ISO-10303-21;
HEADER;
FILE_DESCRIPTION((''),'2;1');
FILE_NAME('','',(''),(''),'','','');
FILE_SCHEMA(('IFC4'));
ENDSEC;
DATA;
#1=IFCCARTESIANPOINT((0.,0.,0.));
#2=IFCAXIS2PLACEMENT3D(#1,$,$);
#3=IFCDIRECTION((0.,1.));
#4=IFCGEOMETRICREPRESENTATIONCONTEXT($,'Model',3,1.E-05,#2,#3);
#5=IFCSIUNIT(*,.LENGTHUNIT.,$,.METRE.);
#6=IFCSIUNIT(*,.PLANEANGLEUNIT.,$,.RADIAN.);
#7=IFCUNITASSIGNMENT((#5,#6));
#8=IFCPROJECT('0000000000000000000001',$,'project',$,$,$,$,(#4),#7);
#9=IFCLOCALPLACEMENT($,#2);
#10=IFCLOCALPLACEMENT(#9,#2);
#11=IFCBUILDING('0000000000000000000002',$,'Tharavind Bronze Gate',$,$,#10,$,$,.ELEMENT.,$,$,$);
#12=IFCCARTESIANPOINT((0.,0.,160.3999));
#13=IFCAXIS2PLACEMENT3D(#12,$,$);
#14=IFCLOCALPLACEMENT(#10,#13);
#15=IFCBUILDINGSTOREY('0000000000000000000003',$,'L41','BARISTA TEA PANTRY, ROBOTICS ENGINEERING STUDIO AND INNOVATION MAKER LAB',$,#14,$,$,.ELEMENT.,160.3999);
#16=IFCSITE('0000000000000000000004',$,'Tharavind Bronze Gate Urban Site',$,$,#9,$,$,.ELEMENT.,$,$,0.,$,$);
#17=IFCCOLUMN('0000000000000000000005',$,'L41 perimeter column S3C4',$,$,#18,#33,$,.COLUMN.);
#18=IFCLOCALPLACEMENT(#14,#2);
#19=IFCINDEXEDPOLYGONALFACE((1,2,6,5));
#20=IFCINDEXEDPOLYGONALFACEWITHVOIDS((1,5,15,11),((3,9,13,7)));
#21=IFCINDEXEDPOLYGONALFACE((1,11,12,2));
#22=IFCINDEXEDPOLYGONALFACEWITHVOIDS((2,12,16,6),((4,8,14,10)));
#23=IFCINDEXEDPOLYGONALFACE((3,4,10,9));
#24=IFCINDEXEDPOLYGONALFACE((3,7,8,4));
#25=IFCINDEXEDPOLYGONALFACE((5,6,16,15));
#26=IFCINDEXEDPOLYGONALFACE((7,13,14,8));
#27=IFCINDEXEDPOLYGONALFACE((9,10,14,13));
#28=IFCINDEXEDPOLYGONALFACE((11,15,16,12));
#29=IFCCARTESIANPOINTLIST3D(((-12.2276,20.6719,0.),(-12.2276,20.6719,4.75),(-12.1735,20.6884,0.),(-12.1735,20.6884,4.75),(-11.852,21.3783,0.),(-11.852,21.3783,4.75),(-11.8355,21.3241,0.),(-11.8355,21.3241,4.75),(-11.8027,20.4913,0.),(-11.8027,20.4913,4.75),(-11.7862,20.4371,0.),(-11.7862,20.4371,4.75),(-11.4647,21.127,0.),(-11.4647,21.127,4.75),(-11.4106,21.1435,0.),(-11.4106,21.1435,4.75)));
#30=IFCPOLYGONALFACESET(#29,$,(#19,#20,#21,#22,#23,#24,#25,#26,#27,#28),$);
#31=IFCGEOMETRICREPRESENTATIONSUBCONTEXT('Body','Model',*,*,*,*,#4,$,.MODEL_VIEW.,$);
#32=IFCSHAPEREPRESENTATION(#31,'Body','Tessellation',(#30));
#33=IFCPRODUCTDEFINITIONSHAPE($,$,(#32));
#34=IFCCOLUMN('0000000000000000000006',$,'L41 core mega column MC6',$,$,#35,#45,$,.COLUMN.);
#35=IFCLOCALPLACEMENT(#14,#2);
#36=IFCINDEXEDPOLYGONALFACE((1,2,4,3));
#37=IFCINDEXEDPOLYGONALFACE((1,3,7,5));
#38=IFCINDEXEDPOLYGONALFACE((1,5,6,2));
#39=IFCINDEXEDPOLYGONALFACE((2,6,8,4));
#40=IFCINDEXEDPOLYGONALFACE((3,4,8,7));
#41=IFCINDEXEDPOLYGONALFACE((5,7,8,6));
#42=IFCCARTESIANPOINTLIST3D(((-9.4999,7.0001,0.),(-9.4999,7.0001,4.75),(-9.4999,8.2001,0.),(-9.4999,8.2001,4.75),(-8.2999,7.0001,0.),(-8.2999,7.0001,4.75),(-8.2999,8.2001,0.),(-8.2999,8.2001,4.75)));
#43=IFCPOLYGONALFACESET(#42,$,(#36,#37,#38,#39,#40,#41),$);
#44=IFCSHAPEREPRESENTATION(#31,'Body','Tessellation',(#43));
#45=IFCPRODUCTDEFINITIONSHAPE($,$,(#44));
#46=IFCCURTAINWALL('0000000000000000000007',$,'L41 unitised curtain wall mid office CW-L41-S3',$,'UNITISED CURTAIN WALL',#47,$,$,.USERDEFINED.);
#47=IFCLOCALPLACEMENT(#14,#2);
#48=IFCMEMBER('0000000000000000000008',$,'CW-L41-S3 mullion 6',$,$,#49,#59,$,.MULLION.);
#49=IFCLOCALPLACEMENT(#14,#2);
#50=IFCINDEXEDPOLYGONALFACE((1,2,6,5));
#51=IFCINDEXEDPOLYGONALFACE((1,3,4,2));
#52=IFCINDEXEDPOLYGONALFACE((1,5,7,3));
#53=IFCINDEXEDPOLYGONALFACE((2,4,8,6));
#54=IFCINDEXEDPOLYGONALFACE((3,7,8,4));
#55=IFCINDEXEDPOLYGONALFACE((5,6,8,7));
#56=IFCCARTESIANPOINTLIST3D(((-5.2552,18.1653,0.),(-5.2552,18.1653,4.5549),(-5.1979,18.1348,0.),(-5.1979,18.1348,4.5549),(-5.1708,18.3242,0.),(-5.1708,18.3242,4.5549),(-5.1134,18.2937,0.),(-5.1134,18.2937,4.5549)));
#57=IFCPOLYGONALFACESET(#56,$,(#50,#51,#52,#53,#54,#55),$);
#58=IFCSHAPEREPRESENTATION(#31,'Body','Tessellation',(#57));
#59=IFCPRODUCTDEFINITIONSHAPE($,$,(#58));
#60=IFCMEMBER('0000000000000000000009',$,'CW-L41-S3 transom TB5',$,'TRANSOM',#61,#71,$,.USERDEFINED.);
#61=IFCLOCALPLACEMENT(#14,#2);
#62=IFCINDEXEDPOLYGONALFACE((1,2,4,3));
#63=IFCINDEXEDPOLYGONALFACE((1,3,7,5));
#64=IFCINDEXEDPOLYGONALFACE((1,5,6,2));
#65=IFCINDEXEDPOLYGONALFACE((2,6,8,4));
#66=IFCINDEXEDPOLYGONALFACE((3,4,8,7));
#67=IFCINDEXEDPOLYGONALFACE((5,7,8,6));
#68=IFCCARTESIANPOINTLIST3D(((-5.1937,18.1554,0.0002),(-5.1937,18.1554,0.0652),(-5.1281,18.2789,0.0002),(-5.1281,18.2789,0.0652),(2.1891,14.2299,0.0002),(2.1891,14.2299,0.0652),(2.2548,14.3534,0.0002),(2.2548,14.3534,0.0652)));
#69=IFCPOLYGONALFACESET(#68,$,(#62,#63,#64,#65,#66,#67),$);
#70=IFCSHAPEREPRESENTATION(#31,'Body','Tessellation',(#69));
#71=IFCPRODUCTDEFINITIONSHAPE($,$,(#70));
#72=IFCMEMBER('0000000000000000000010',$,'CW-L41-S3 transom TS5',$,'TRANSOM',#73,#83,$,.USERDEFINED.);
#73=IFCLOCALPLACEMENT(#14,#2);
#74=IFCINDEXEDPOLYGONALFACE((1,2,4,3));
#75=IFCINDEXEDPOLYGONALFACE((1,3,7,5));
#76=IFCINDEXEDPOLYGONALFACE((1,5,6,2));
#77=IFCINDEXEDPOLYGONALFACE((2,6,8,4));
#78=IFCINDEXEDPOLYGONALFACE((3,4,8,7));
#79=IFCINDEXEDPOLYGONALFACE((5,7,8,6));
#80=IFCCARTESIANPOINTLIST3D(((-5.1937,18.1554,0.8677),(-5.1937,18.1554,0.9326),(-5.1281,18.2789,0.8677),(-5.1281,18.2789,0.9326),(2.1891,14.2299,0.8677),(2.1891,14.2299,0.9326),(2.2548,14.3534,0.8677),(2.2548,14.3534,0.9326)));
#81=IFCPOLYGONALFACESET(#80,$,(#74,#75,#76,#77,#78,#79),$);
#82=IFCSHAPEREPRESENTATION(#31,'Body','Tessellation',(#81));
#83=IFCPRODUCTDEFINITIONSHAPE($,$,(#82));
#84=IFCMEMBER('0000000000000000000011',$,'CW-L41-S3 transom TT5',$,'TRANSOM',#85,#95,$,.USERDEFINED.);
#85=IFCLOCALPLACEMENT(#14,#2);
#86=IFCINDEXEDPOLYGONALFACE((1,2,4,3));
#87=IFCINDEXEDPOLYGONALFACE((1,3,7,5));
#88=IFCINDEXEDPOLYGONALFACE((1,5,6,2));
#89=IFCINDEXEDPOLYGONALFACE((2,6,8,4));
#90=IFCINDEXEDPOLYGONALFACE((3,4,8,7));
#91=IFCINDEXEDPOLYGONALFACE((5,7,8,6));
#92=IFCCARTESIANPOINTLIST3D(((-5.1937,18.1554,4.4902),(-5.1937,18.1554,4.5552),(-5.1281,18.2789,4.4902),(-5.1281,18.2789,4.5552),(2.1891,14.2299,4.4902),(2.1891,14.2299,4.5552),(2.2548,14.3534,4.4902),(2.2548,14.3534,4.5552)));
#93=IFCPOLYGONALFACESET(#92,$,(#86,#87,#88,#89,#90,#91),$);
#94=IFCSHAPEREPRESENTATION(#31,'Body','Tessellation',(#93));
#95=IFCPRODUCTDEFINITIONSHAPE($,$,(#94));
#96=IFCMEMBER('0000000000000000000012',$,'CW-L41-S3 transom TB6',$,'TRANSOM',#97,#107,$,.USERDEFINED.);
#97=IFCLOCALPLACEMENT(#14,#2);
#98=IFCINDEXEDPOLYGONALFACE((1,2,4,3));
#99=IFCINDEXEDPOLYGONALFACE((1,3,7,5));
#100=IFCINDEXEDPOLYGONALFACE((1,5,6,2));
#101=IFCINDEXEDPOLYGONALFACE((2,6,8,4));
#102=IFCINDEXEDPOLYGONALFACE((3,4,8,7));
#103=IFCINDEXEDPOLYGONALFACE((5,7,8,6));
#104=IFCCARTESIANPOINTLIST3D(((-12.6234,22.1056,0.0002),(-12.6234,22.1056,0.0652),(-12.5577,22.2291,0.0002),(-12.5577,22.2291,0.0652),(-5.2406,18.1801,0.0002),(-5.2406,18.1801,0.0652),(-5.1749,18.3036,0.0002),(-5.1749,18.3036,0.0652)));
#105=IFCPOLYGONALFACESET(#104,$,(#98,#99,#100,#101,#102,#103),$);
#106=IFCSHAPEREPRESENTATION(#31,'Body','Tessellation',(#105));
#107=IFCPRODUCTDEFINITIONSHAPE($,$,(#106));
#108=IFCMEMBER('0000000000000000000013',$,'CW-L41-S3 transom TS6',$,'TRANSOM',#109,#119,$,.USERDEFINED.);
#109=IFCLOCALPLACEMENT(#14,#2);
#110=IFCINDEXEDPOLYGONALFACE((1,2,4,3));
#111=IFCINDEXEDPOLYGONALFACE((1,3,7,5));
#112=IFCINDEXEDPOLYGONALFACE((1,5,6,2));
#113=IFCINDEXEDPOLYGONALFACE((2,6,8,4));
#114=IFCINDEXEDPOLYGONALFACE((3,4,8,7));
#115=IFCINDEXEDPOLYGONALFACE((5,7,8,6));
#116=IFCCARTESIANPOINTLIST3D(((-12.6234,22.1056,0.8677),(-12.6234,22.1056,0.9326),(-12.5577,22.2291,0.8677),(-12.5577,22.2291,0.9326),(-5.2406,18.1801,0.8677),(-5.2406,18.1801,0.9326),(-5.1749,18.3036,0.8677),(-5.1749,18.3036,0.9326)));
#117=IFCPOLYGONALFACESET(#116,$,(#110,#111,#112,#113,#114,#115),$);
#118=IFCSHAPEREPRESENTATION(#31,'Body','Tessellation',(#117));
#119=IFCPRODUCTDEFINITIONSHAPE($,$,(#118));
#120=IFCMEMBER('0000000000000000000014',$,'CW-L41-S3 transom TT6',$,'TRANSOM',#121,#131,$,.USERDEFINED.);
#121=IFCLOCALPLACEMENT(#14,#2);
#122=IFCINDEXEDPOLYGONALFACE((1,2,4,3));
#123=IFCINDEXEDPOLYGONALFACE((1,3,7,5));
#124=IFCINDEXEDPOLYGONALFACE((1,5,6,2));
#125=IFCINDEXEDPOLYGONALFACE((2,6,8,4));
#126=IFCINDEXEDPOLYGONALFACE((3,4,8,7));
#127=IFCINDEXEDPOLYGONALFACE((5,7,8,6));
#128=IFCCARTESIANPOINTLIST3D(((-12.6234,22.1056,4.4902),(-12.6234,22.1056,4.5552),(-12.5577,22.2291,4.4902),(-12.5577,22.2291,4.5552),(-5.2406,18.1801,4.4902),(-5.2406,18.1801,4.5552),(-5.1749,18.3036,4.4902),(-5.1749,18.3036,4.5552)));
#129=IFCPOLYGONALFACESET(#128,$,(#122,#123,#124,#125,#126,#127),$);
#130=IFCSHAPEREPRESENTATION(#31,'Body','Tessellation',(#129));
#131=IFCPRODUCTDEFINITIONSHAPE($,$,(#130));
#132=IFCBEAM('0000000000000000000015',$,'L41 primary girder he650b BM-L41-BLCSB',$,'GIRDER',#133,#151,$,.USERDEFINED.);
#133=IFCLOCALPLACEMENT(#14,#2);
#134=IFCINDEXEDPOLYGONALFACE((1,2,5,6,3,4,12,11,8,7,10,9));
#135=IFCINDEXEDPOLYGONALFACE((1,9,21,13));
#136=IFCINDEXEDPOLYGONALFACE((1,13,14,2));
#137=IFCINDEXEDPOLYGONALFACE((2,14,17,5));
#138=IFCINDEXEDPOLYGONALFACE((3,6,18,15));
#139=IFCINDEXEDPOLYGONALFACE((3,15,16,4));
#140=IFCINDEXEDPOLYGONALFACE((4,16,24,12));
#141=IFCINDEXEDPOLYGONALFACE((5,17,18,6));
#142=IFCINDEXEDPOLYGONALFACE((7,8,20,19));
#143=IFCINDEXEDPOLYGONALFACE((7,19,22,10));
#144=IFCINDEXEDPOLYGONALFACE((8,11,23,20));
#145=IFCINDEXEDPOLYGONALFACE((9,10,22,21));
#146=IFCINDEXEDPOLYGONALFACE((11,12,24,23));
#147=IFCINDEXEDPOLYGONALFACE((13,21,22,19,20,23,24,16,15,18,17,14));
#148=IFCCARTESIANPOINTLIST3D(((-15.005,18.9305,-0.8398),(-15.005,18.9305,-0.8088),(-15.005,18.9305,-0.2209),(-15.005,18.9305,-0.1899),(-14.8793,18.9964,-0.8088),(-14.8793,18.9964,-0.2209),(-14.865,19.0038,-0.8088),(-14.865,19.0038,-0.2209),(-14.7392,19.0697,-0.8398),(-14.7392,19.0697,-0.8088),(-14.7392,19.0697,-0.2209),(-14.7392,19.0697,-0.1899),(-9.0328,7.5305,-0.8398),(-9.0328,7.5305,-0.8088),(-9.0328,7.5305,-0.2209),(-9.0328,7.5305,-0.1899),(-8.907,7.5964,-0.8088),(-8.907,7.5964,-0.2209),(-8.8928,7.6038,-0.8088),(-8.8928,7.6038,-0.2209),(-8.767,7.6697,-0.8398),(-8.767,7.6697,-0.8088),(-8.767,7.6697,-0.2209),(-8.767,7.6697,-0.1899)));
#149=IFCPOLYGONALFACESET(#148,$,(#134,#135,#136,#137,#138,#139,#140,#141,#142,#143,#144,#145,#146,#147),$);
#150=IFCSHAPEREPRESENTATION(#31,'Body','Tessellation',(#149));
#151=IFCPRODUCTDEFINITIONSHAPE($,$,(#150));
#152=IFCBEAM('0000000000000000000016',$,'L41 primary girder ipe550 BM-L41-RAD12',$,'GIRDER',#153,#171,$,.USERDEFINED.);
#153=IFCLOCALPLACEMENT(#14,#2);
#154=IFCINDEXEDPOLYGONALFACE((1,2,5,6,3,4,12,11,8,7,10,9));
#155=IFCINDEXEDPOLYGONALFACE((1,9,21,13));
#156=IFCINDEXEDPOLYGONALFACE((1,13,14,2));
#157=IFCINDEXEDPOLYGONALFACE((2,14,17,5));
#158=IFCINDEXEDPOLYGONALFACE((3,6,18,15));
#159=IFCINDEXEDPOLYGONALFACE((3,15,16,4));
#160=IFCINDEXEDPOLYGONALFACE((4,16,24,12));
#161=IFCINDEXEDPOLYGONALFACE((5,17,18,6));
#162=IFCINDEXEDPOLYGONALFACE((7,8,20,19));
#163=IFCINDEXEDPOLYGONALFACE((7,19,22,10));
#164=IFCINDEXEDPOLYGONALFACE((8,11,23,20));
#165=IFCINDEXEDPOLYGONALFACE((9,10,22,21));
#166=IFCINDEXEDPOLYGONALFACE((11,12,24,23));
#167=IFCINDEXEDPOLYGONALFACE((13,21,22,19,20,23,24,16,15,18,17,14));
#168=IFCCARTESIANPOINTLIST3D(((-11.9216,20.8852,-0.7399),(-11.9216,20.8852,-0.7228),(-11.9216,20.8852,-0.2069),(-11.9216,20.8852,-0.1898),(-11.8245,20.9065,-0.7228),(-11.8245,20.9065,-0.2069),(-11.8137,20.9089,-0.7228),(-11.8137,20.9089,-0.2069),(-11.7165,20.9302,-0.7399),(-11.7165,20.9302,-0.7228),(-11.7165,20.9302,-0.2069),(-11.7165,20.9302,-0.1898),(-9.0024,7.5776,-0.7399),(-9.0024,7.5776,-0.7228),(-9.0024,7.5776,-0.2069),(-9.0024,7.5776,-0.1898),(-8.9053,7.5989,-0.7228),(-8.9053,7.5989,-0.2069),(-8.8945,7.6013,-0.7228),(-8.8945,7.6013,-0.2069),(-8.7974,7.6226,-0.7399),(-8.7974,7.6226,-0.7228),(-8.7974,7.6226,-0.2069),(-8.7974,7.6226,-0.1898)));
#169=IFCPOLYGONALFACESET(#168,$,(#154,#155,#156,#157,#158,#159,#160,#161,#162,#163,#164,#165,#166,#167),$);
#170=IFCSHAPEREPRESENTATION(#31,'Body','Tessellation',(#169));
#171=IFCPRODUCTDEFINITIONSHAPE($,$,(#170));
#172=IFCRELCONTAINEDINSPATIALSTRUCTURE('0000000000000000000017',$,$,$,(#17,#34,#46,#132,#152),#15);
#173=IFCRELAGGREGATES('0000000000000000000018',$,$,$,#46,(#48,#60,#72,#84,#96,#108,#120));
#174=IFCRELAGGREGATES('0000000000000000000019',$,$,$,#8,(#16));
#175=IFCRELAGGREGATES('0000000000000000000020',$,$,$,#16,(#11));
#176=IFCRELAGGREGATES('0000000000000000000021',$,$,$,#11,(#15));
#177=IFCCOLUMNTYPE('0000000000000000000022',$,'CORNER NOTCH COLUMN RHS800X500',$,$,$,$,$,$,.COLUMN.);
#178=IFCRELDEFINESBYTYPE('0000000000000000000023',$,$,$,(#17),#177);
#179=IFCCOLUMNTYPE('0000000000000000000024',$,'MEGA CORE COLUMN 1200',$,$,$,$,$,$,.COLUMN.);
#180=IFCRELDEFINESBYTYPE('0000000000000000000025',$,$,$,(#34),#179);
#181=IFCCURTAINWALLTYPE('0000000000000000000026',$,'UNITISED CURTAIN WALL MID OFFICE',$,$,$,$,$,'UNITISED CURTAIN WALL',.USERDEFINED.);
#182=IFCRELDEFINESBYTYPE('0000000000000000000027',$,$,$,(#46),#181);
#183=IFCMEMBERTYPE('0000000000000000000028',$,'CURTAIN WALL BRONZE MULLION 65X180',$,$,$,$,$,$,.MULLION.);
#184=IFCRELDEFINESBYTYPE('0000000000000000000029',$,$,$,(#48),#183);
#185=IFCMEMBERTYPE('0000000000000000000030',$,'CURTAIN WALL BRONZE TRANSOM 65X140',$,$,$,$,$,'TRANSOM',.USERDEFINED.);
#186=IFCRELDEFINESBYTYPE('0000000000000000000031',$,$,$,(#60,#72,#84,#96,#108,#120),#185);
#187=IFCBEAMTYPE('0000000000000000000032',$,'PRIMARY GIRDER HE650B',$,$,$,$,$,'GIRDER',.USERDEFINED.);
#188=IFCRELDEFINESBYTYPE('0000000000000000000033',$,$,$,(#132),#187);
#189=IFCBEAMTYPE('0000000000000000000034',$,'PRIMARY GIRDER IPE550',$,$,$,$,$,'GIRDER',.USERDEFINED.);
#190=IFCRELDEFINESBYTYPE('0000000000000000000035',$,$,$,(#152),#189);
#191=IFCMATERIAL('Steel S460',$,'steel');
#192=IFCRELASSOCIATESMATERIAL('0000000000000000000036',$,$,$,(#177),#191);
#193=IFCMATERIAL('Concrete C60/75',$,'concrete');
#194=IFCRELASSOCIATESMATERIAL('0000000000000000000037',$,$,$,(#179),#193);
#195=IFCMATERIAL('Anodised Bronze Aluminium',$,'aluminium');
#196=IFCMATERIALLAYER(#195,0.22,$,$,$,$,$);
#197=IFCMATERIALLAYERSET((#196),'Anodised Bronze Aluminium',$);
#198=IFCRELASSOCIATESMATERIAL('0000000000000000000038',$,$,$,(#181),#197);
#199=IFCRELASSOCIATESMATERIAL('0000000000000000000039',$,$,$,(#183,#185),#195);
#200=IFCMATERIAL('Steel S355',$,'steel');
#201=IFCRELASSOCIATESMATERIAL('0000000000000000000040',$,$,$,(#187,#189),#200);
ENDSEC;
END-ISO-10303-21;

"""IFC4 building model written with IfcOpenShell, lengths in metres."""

from ifc_helpers import new_model, si_unit, direction, frame, origin, origin_2d, place, context, subcontext, project, spatial, rectangle, hollow_rectangle, i_section, extrude, material, layer, layer_set, material_profile, profile_set, type_object, element, aggregate, save


model = new_model("IFC4")

# Units and contexts
model_context = context("Model", 3, precision=1e-05, world=origin(), true_north=direction((0.0, 1.0)))
body_context = subcontext(model_context, "Body", "Model", "MODEL_VIEW")
ifc_project = project(units=[si_unit("LENGTHUNIT", "METRE"), si_unit("PLANEANGLEUNIT", "RADIAN")], contexts=[model_context])

# Site, building, storey
site_placement = place(None, origin())
site = spatial("IfcSite", under=ifc_project, at=site_placement, Name="Tharavind Bronze Gate Urban Site", CompositionType="ELEMENT", RefElevation=0.0)
building_placement = place(site_placement, origin())
building = spatial("IfcBuilding", under=site, at=building_placement, Name="Tharavind Bronze Gate", CompositionType="ELEMENT")
storey_placement = place(building_placement, frame((0.0, 0.0, 160.3999)))
storey = spatial("IfcBuildingStorey", under=building, at=storey_placement, Name="L41", Description="BARISTA TEA PANTRY, ROBOTICS ENGINEERING STUDIO AND INNOVATION MAKER LAB", CompositionType="ELEMENT", Elevation=160.3999)

# Columns
ifc_material_1 = material(Name="Steel S460", Category="steel")
ifc_material_profile_1 = material_profile(ifc_material_1, hollow_rectangle(XDim=0.5, YDim=0.8, WallThickness=0.04, at=origin_2d()), Name="RHS800X500X40")
ifc_profile_set_1 = profile_set([ifc_material_profile_1], Name="Steel S460")
column_type_1 = type_object("IfcColumnType", Name="CORNER NOTCH COLUMN RHS800X500", PredefinedType="COLUMN", material=ifc_profile_set_1)
column_1_placement = place(storey_placement, frame((-11.8191, 20.9077, 0.0), z_axis=(0.0, 0.0, 1.0), x_axis=(-0.882948, 0.46947, 0.0)))
element("IfcColumn", 1, at=column_1_placement, inside=storey, type_object=column_type_1, Name="L41 perimeter column S3C4", PredefinedType="COLUMN", context=body_context, shape_type="SweptSolid", body=[
    extrude(hollow_rectangle(XDim=0.5, YDim=0.8, WallThickness=0.04, at=origin_2d()), origin(), (0.0, 0.0, 1.0), 4.75),
])
ifc_material_2 = material(Name="Concrete C60/75", Category="concrete")
ifc_material_profile_2 = material_profile(ifc_material_2, rectangle(XDim=1.2, YDim=1.2, at=origin_2d()), Name="RCCOL1200")
ifc_profile_set_2 = profile_set([ifc_material_profile_2], Name="Concrete C60/75")
column_type_2 = type_object("IfcColumnType", Name="MEGA CORE COLUMN 1200", PredefinedType="COLUMN", material=ifc_profile_set_2)
column_2_placement = place(storey_placement, frame((-8.8999, 7.6001, 0.0), z_axis=(0.0, 0.0, 1.0), x_axis=(1.0, 0.0, 0.0)))
element("IfcColumn", 2, at=column_2_placement, inside=storey, type_object=column_type_2, Name="L41 core mega column MC6", PredefinedType="COLUMN", context=body_context, shape_type="SweptSolid", body=[
    extrude(rectangle(XDim=1.2, YDim=1.2, at=origin_2d()), origin(), (0.0, 0.0, 1.0), 4.75),
])

# Curtain wall, members
ifc_material_3 = material(Name="Anodised Bronze Aluminium", Category="aluminium")
ifc_layer_1 = layer(ifc_material_3, 0.22)
ifc_layer_set_1 = layer_set([ifc_layer_1], Name="Anodised Bronze Aluminium")
curtain_wall_type = type_object("IfcCurtainWallType", Name="UNITISED CURTAIN WALL MID OFFICE", ElementType="UNITISED CURTAIN WALL", PredefinedType="USERDEFINED", material=ifc_layer_set_1)
curtain_wall_placement = place(storey_placement, origin())
curtain_wall = element("IfcCurtainWall", 3, at=curtain_wall_placement, inside=storey, type_object=curtain_wall_type, Name="L41 unitised curtain wall mid office CW-L41-S3", ObjectType="UNITISED CURTAIN WALL", PredefinedType="USERDEFINED")
member_type_1 = type_object("IfcMemberType", Name="CURTAIN WALL BRONZE MULLION 65X180", PredefinedType="MULLION", material=ifc_material_3)
member_1_placement = place(storey_placement, frame((-5.1843, 18.2295, 0.0), z_axis=(0.0, 0.0, 1.0), x_axis=(-0.882948, 0.469472, 0.0)))
member_1 = element("IfcMember", 4, at=member_1_placement, type_object=member_type_1, Name="CW-L41-S3 mullion 6", PredefinedType="MULLION", context=body_context, shape_type="SweptSolid", body=[
    extrude(rectangle(XDim=0.0649, YDim=0.1799, at=origin_2d()), origin(), (0.0, 0.0, 1.0), 4.5549),
])
member_type_2 = type_object("IfcMemberType", Name="CURTAIN WALL BRONZE TRANSOM 65X140", ElementType="TRANSOM", PredefinedType="USERDEFINED", material=ifc_material_3)
member_2_placement = place(storey_placement, frame((-1.4695, 16.2544, 0.0002), z_axis=(0.0, 0.0, 1.0), x_axis=(-0.882948, 0.469472, 0.0)))
member_2 = element("IfcMember", 5, at=member_2_placement, type_object=member_type_2, Name="CW-L41-S3 transom TB5", ObjectType="TRANSOM", PredefinedType="USERDEFINED", context=body_context, shape_type="SweptSolid", body=[
    extrude(rectangle(XDim=8.3616, YDim=0.1399, at=origin_2d()), origin(), (0.0, 0.0, 1.0), 0.0649),
])
member_3_placement = place(storey_placement, frame((-1.4695, 16.2544, 0.8677), z_axis=(0.0, 0.0, 1.0), x_axis=(-0.882948, 0.469472, 0.0)))
member_3 = element("IfcMember", 6, at=member_3_placement, type_object=member_type_2, Name="CW-L41-S3 transom TS5", ObjectType="TRANSOM", PredefinedType="USERDEFINED", context=body_context, shape_type="SweptSolid", body=[
    extrude(rectangle(XDim=8.3616, YDim=0.1399, at=origin_2d()), origin(), (0.0, 0.0, 1.0), 0.0649),
])
member_4_placement = place(storey_placement, frame((-1.4695, 16.2544, 4.4902), z_axis=(0.0, 0.0, 1.0), x_axis=(-0.882948, 0.469472, 0.0)))
member_4 = element("IfcMember", 7, at=member_4_placement, type_object=member_type_2, Name="CW-L41-S3 transom TT5", ObjectType="TRANSOM", PredefinedType="USERDEFINED", context=body_context, shape_type="SweptSolid", body=[
    extrude(rectangle(XDim=8.3616, YDim=0.1399, at=origin_2d()), origin(), (0.0, 0.0, 1.0), 0.0649),
])
member_5_placement = place(storey_placement, frame((-8.8992, 20.2046, 0.0002), z_axis=(0.0, 0.0, 1.0), x_axis=(-0.882948, 0.469472, 0.0)))
member_5 = element("IfcMember", 8, at=member_5_placement, type_object=member_type_2, Name="CW-L41-S3 transom TB6", ObjectType="TRANSOM", PredefinedType="USERDEFINED", context=body_context, shape_type="SweptSolid", body=[
    extrude(rectangle(XDim=8.3616, YDim=0.1399, at=origin_2d()), origin(), (0.0, 0.0, 1.0), 0.0649),
])
member_6_placement = place(storey_placement, frame((-8.8992, 20.2046, 0.8677), z_axis=(0.0, 0.0, 1.0), x_axis=(-0.882948, 0.469472, 0.0)))
member_6 = element("IfcMember", 9, at=member_6_placement, type_object=member_type_2, Name="CW-L41-S3 transom TS6", ObjectType="TRANSOM", PredefinedType="USERDEFINED", context=body_context, shape_type="SweptSolid", body=[
    extrude(rectangle(XDim=8.3616, YDim=0.1399, at=origin_2d()), origin(), (0.0, 0.0, 1.0), 0.0649),
])
member_7_placement = place(storey_placement, frame((-8.8992, 20.2046, 4.4902), z_axis=(0.0, 0.0, 1.0), x_axis=(-0.882948, 0.469472, 0.0)))
member_7 = element("IfcMember", 10, at=member_7_placement, type_object=member_type_2, Name="CW-L41-S3 transom TT6", ObjectType="TRANSOM", PredefinedType="USERDEFINED", context=body_context, shape_type="SweptSolid", body=[
    extrude(rectangle(XDim=8.3616, YDim=0.1399, at=origin_2d()), origin(), (0.0, 0.0, 1.0), 0.0649),
])

# Beams
ifc_material_4 = material(Name="Steel S355", Category="steel")
ifc_material_profile_3 = material_profile(ifc_material_4, i_section(OverallWidth=0.3, OverallDepth=0.6499, WebThickness=0.0161, FlangeThickness=0.031, at=origin_2d()), Name="HE650B")
ifc_profile_set_3 = profile_set([ifc_material_profile_3], Name="Steel S355")
beam_type_1 = type_object("IfcBeamType", Name="PRIMARY GIRDER HE650B", ElementType="GIRDER", PredefinedType="USERDEFINED", material=ifc_profile_set_3)
beam_1_placement = place(storey_placement, frame((-8.8999, 7.6001, -0.5149), z_axis=(-0.464055, 0.885806, 0.0), x_axis=(-0.885806, -0.464055, 0.0)))
element("IfcBeam", 11, at=beam_1_placement, inside=storey, type_object=beam_type_1, Name="L41 primary girder he650b BM-L41-BLCSB", ObjectType="GIRDER", PredefinedType="USERDEFINED", context=body_context, shape_type="SweptSolid", body=[
    extrude(i_section(OverallWidth=0.3, OverallDepth=0.6499, WebThickness=0.0161, FlangeThickness=0.031, at=origin_2d()), origin(), (0.0, 0.0, 1.0), 12.8696),
])
ifc_material_profile_4 = material_profile(ifc_material_4, i_section(OverallWidth=0.21, OverallDepth=0.55, WebThickness=0.011, FlangeThickness=0.0171, at=origin_2d()), Name="IPE550")
ifc_profile_set_4 = profile_set([ifc_material_profile_4], Name="Steel S355")
beam_type_2 = type_object("IfcBeamType", Name="PRIMARY GIRDER IPE550", ElementType="GIRDER", PredefinedType="USERDEFINED", material=ifc_profile_set_4)
beam_2_placement = place(storey_placement, frame((-11.8191, 20.9077, -0.4648), z_axis=(0.214268, -0.976775, 0.0), x_axis=(0.976775, 0.214268, 0.0)))
element("IfcBeam", 12, at=beam_2_placement, inside=storey, type_object=beam_type_2, Name="L41 primary girder ipe550 BM-L41-RAD12", ObjectType="GIRDER", PredefinedType="USERDEFINED", context=body_context, shape_type="SweptSolid", body=[
    extrude(i_section(OverallWidth=0.21, OverallDepth=0.55, WebThickness=0.011, FlangeThickness=0.0171, at=origin_2d()), origin(), (0.0, 0.0, 1.0), 13.624),
])

aggregate(curtain_wall, [member_1, member_2, member_3, member_4, member_5, member_6, member_7])

save(model, "model.ifc")
